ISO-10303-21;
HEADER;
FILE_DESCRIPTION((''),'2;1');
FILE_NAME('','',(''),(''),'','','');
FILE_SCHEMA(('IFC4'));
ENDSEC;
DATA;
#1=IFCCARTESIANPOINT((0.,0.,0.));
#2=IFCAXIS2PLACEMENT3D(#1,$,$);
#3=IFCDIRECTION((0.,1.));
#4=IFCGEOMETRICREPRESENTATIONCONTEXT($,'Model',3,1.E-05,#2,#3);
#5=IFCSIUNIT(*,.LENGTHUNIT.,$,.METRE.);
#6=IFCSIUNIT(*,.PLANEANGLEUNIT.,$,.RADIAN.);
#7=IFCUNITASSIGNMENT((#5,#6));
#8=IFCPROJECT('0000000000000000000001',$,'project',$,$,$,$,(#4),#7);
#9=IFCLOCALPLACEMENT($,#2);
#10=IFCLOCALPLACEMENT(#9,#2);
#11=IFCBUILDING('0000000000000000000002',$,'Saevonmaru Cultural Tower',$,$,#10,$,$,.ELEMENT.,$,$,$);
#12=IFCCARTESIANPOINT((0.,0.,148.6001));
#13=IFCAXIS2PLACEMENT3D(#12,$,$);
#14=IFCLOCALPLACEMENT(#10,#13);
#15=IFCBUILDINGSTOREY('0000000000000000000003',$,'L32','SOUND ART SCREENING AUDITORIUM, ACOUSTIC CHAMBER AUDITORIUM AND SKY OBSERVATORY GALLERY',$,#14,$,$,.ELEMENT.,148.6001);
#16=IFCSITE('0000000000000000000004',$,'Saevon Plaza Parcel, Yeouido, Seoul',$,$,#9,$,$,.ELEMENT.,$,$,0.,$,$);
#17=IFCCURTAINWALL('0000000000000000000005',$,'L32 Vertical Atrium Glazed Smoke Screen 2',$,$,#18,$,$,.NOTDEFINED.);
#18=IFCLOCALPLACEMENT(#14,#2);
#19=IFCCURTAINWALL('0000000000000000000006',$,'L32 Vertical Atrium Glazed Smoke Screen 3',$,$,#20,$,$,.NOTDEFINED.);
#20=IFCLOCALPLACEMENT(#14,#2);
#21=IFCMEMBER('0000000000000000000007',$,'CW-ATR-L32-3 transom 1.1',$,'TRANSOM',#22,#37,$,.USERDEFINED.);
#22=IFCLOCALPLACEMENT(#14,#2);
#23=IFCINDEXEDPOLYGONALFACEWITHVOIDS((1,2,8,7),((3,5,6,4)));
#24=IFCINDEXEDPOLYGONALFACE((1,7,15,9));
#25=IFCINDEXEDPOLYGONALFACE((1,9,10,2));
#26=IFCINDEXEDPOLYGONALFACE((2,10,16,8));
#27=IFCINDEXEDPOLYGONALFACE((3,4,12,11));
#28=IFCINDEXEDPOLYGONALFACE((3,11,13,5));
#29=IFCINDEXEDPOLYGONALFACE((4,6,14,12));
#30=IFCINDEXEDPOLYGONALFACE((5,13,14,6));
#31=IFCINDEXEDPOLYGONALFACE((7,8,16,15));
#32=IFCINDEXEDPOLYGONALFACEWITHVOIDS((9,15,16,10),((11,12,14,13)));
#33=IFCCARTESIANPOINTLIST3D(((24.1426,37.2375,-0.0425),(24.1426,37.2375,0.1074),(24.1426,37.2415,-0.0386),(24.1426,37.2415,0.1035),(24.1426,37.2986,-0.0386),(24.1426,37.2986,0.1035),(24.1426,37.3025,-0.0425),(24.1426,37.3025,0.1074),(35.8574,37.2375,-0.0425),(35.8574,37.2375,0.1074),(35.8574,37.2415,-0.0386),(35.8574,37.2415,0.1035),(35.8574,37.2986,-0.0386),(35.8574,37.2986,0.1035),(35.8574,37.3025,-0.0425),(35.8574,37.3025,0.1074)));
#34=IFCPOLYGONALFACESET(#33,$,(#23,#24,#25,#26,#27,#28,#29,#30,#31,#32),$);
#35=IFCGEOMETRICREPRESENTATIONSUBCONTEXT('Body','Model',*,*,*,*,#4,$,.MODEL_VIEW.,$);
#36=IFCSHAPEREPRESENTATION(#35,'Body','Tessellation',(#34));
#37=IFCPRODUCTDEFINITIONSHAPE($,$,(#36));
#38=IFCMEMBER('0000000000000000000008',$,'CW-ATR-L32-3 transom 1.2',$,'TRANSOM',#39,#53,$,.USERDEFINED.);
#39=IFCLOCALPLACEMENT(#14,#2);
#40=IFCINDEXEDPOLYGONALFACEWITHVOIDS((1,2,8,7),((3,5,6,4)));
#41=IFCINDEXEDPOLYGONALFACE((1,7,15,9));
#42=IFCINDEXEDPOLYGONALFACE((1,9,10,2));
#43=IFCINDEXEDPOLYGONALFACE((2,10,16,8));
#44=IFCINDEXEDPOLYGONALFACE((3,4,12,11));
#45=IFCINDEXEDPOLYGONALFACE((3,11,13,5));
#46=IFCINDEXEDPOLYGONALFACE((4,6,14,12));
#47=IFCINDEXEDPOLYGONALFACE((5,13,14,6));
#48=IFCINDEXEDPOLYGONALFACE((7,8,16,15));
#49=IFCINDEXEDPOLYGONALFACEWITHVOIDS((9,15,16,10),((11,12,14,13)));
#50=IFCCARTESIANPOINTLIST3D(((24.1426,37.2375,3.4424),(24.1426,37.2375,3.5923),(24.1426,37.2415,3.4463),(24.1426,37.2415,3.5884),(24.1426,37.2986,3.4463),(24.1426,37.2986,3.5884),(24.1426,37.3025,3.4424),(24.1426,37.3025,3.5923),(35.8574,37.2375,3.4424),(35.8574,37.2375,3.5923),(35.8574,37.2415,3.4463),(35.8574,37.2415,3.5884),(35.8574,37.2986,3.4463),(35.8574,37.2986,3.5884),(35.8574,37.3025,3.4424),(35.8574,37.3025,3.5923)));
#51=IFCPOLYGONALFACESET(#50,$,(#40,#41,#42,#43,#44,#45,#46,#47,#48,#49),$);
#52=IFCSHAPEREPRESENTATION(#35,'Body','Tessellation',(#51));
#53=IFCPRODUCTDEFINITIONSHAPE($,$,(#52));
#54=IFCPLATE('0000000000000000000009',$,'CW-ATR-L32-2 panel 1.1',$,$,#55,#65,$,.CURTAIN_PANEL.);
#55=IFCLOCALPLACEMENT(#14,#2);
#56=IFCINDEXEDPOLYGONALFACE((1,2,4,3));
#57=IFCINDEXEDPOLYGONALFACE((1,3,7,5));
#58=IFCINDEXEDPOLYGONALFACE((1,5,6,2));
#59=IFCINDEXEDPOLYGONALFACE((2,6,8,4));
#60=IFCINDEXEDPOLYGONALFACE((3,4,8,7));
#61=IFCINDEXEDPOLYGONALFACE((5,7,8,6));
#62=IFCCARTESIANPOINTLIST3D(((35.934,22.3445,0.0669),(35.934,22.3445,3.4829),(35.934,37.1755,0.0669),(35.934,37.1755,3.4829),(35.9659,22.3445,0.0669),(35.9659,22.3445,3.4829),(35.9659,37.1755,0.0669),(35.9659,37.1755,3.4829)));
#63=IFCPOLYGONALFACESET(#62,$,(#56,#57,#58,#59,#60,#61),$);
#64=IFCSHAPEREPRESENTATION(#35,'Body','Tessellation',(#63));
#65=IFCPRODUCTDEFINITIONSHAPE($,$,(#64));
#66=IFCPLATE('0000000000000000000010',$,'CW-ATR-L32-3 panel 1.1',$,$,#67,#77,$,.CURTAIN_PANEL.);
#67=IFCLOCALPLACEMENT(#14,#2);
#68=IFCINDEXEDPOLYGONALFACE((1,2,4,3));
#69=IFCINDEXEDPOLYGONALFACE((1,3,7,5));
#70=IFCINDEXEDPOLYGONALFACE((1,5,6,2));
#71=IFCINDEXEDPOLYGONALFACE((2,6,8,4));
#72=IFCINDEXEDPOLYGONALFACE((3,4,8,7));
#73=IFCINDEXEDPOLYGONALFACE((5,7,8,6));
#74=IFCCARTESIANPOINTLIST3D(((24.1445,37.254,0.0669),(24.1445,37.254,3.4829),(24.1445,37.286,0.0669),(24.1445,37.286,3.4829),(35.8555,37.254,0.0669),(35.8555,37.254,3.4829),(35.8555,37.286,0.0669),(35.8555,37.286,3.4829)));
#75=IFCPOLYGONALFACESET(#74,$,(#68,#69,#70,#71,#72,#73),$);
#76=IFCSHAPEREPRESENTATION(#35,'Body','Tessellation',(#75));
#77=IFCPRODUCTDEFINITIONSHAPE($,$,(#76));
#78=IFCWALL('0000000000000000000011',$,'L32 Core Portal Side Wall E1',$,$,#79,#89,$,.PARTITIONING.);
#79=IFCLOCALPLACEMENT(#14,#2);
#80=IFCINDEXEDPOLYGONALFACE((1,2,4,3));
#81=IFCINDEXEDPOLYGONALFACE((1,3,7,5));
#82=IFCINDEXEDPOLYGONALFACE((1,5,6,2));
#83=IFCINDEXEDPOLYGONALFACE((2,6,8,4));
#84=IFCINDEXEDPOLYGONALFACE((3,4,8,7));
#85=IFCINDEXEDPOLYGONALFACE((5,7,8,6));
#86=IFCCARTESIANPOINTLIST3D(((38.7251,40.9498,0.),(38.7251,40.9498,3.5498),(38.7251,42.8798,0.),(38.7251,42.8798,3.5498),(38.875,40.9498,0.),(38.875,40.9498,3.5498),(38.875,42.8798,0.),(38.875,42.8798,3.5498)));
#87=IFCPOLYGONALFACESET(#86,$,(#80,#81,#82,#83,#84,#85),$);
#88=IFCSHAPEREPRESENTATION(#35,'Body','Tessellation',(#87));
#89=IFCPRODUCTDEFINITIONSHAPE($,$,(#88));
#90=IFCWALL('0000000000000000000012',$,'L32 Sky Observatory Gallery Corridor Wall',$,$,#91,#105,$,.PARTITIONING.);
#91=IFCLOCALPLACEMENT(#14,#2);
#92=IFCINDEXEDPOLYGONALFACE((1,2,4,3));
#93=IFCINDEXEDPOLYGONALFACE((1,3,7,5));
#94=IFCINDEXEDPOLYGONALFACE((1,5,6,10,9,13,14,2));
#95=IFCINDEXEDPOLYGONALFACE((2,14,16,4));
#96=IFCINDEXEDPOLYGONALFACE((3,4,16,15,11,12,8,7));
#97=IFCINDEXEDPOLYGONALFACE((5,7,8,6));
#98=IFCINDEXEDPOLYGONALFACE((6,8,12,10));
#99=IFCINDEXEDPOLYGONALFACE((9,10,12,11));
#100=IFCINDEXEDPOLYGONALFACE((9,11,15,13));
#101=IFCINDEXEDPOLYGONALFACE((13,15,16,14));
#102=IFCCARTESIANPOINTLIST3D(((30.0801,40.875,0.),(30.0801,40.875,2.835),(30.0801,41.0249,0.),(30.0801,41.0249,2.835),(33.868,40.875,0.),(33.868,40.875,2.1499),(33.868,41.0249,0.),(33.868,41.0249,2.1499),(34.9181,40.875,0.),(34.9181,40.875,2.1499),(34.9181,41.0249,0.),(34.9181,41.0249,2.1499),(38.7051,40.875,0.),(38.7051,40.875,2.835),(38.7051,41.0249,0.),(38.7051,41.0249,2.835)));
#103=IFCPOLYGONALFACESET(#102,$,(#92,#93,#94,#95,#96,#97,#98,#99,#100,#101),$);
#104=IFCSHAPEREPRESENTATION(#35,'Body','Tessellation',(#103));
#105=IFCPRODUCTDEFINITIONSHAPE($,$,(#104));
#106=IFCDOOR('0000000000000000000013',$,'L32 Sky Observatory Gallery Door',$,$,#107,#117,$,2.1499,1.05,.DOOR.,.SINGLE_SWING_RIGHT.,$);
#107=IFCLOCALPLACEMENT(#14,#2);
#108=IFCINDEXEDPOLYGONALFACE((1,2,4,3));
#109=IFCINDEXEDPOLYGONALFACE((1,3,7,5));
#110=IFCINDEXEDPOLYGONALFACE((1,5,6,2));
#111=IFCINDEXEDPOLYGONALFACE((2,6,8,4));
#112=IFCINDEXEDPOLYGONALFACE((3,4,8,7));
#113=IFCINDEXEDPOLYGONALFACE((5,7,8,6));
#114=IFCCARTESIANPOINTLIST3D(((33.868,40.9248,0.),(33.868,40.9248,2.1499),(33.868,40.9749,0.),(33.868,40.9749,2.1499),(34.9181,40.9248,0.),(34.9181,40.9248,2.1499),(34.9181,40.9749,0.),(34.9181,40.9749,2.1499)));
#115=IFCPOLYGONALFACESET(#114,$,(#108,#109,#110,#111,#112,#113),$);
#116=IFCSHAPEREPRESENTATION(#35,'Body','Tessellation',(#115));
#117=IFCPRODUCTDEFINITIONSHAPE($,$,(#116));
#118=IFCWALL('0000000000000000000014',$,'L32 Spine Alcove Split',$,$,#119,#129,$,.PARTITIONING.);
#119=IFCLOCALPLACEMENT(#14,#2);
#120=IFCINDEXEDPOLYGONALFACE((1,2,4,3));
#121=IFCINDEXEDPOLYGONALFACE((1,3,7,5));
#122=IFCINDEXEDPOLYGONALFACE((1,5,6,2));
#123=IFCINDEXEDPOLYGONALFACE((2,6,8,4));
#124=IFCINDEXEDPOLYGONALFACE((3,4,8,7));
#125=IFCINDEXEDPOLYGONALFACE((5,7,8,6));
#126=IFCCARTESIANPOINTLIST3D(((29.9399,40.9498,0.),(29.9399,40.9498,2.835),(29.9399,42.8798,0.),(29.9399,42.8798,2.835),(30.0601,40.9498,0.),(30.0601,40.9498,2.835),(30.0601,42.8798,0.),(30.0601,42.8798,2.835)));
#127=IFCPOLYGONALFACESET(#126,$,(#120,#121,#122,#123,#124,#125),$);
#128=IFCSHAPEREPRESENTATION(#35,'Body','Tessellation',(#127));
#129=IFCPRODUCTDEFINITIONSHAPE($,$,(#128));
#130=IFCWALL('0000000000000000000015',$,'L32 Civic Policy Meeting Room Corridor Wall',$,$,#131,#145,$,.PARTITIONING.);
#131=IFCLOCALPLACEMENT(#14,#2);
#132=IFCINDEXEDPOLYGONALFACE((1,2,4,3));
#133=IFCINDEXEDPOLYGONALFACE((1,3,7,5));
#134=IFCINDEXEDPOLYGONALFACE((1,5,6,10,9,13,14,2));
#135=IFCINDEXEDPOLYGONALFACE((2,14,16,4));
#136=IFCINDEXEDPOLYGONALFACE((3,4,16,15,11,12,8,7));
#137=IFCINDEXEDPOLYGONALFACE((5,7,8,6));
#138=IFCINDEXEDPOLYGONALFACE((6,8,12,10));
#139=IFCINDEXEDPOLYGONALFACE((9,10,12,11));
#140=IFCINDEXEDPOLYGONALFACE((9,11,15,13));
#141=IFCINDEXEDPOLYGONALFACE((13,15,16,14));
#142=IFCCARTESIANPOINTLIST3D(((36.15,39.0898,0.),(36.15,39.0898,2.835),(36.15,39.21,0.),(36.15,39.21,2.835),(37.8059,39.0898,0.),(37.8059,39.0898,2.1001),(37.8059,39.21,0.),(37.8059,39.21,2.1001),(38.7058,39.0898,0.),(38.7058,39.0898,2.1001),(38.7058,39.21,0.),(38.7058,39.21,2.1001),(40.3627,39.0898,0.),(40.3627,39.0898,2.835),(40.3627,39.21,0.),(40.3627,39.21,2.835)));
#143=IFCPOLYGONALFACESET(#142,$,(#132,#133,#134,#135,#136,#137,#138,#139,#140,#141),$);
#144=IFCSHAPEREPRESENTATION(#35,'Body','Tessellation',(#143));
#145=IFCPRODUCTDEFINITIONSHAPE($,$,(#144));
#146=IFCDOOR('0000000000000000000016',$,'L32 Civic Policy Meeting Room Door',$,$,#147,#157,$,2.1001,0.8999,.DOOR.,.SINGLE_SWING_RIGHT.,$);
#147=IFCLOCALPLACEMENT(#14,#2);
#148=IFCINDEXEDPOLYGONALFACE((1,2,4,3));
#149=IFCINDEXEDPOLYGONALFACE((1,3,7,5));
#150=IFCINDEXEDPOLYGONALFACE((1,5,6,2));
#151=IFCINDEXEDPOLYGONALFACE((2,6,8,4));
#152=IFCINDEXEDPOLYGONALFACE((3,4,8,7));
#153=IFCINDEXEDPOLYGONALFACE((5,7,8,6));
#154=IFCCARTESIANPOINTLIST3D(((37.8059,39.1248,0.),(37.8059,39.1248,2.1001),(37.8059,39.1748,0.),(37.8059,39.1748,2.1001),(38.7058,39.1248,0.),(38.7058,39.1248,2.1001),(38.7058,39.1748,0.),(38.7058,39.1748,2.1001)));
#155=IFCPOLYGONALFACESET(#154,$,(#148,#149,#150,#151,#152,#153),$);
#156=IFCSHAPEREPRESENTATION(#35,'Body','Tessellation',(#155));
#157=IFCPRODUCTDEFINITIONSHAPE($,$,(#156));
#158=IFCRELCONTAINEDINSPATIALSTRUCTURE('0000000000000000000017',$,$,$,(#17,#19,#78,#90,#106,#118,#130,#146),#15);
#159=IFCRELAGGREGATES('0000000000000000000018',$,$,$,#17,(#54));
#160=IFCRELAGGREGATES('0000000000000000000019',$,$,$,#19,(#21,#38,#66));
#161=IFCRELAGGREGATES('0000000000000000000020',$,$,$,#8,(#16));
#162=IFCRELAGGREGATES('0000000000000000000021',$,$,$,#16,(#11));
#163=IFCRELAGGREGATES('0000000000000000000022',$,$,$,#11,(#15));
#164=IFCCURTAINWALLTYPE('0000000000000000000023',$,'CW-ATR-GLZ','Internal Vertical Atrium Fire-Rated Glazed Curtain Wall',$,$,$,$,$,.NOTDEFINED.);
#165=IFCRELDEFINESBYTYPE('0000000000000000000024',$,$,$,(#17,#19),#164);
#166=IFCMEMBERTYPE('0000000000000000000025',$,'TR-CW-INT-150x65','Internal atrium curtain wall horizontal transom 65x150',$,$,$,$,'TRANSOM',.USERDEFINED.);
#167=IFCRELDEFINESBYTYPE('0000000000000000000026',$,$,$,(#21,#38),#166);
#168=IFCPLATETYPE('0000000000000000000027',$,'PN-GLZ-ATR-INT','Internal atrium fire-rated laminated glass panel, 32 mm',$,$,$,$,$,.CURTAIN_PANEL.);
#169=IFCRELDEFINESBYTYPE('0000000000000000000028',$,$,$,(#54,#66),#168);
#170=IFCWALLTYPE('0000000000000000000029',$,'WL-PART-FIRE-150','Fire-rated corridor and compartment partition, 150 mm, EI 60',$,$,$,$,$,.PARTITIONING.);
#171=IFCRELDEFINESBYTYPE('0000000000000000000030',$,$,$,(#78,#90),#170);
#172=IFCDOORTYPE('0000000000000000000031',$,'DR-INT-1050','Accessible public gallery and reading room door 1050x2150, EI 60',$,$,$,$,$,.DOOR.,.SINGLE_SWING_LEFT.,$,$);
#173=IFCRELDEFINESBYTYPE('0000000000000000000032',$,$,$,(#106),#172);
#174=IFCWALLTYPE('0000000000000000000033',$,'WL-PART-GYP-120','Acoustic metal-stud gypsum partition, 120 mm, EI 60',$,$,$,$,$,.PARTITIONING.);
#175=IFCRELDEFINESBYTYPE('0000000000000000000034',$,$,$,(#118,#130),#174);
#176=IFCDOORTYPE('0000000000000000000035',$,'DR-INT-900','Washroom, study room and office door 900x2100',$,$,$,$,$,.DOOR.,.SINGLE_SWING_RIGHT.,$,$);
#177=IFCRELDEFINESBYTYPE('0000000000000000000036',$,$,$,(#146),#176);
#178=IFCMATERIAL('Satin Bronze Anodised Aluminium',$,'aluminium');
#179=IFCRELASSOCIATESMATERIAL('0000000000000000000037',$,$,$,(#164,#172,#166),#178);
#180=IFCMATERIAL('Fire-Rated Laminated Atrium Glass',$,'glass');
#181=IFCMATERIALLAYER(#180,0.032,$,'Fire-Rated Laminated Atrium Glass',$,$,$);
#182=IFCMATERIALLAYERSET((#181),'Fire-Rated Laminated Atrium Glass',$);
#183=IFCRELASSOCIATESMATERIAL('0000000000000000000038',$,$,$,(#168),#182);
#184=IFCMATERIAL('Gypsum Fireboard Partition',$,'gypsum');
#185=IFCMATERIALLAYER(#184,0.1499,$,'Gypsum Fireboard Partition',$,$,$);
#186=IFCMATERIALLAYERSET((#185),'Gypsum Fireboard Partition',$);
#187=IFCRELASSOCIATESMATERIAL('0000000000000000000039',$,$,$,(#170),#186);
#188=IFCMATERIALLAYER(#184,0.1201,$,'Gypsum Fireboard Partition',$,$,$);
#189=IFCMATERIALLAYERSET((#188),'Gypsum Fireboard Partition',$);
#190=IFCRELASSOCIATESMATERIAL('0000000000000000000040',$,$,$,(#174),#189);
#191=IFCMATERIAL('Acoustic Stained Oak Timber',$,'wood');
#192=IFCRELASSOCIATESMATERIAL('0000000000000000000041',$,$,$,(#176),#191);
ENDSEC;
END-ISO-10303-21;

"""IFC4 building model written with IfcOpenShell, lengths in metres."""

from ifc_helpers import new_model, si_unit, direction, frame, frame_2d, origin, origin_2d, place, context, subcontext, project, spatial, rectangle, hollow_rectangle, extrude, material, layer, layer_set, material_profile, profile_set, type_object, element, fill, aggregate, save


model = new_model("IFC4")

# Units and contexts
model_context = context("Model", 3, precision=1e-05, world=origin(), true_north=direction((0.0, 1.0)))
body_context = subcontext(model_context, "Body", "Model", "MODEL_VIEW")
ifc_project = project(units=[si_unit("LENGTHUNIT", "METRE"), si_unit("PLANEANGLEUNIT", "RADIAN")], contexts=[model_context])

# Site, building, storey
site_placement = place(None, origin())
site = spatial("IfcSite", under=ifc_project, at=site_placement, Name="Saevon Plaza Parcel, Yeouido, Seoul", CompositionType="ELEMENT", RefElevation=0.0)
building_placement = place(site_placement, origin())
building = spatial("IfcBuilding", under=site, at=building_placement, Name="Saevonmaru Cultural Tower", CompositionType="ELEMENT")
storey_placement = place(building_placement, frame((0.0, 0.0, 148.6001)))
storey = spatial("IfcBuildingStorey", under=building, at=storey_placement, Name="L32", Description="SOUND ART SCREENING AUDITORIUM, ACOUSTIC CHAMBER AUDITORIUM AND SKY OBSERVATORY GALLERY", CompositionType="ELEMENT", Elevation=148.6001)

# Curtain wall
ifc_material_1 = material(Name="Satin Bronze Anodised Aluminium", Category="aluminium")
curtain_wall_type = type_object("IfcCurtainWallType", Name="CW-ATR-GLZ", Description="Internal Vertical Atrium Fire-Rated Glazed Curtain Wall", PredefinedType="NOTDEFINED", material=ifc_material_1)
curtain_wall_1_placement = place(storey_placement, origin())
curtain_wall_1 = element("IfcCurtainWall", 1, at=curtain_wall_1_placement, inside=storey, type_object=curtain_wall_type, Name="L32 Vertical Atrium Glazed Smoke Screen 2", PredefinedType="NOTDEFINED")

# Curtain wall
curtain_wall_2_placement = place(storey_placement, origin())
curtain_wall_2 = element("IfcCurtainWall", 2, at=curtain_wall_2_placement, inside=storey, type_object=curtain_wall_type, Name="L32 Vertical Atrium Glazed Smoke Screen 3", PredefinedType="NOTDEFINED")

# Members
ifc_material_profile_1 = material_profile(ifc_material_1, hollow_rectangle(XDim=0.0649, YDim=0.1499, WallThickness=0.0039, at=origin_2d()), Name="ALU-TRAN-150x65x4")
ifc_profile_set_1 = profile_set([ifc_material_profile_1], Name="Satin Bronze Anodised Aluminium")
member_type_1 = type_object("IfcMemberType", Name="TR-CW-INT-150x65", Description="Internal atrium curtain wall horizontal transom 65x150", ElementType="TRANSOM", PredefinedType="USERDEFINED", material=ifc_profile_set_1)
member_1_placement = place(storey_placement, frame((35.8574, 37.27, 0.0325), z_axis=(-1.0, 0.0, 0.0), x_axis=(0.0, -1.0, 0.0)))
member_1 = element("IfcMember", 3, at=member_1_placement, type_object=member_type_1, Name="CW-ATR-L32-3 transom 1.1", ObjectType="TRANSOM", PredefinedType="USERDEFINED", context=body_context, shape_type="SweptSolid", body=[
    extrude(hollow_rectangle(XDim=0.0649, YDim=0.1499, WallThickness=0.0039, at=origin_2d()), origin(), (0.0, 0.0, 1.0), 11.7148),
])
member_2_placement = place(storey_placement, frame((35.8574, 37.27, 3.5173), z_axis=(-1.0, 0.0, 0.0), x_axis=(0.0, -1.0, 0.0)))
member_2 = element("IfcMember", 4, at=member_2_placement, type_object=member_type_1, Name="CW-ATR-L32-3 transom 1.2", ObjectType="TRANSOM", PredefinedType="USERDEFINED", context=body_context, shape_type="SweptSolid", body=[
    extrude(hollow_rectangle(XDim=0.0649, YDim=0.1499, WallThickness=0.0039, at=origin_2d()), origin(), (0.0, 0.0, 1.0), 11.7148),
])

# Plates
ifc_material_2 = material(Name="Fire-Rated Laminated Atrium Glass", Category="glass")
ifc_layer_1 = layer(ifc_material_2, 0.032, Name="Fire-Rated Laminated Atrium Glass")
ifc_layer_set_1 = layer_set([ifc_layer_1], Name="Fire-Rated Laminated Atrium Glass")
plate_type = type_object("IfcPlateType", Name="PN-GLZ-ATR-INT", Description="Internal atrium fire-rated laminated glass panel, 32 mm", PredefinedType="CURTAIN_PANEL", material=ifc_layer_set_1)
plate_1_placement = place(storey_placement, frame((35.95, 29.76, 0.0669), z_axis=(0.0, 0.0, 1.0), x_axis=(0.0, 1.0, 0.0)))
plate_1 = element("IfcPlate", 5, at=plate_1_placement, type_object=plate_type, Name="CW-ATR-L32-2 panel 1.1", PredefinedType="CURTAIN_PANEL", context=body_context, shape_type="SweptSolid", body=[
    extrude(rectangle(XDim=14.8311, YDim=0.032, at=origin_2d()), origin(), (0.0, 0.0, 1.0), 3.416),
])
aggregate(curtain_wall_1, [plate_1])
plate_2_placement = place(storey_placement, frame((30.0, 37.27, 0.0669), z_axis=(0.0, 0.0, 1.0), x_axis=(-1.0, 0.0, 0.0)))
plate_2 = element("IfcPlate", 6, at=plate_2_placement, type_object=plate_type, Name="CW-ATR-L32-3 panel 1.1", PredefinedType="CURTAIN_PANEL", context=body_context, shape_type="SweptSolid", body=[
    extrude(rectangle(XDim=11.7109, YDim=0.032, at=origin_2d()), origin(), (0.0, 0.0, 1.0), 3.416),
])
aggregate(curtain_wall_2, [member_1, member_2, plate_2])

# Wall
ifc_material_3 = material(Name="Gypsum Fireboard Partition", Category="gypsum")
ifc_layer_2 = layer(ifc_material_3, 0.1499, Name="Gypsum Fireboard Partition")
ifc_layer_set_2 = layer_set([ifc_layer_2], Name="Gypsum Fireboard Partition")
wall_type_1 = type_object("IfcWallType", Name="WL-PART-FIRE-150", Description="Fire-rated corridor and compartment partition, 150 mm, EI 60", PredefinedType="PARTITIONING", material=ifc_layer_set_2)
wall_1_placement = place(storey_placement, frame((38.8, 40.95, 0.0), z_axis=(0.0, 0.0, 1.0), x_axis=(0.0, 1.0, 0.0)))
element("IfcWall", 7, at=wall_1_placement, inside=storey, type_object=wall_type_1, Name="L32 Core Portal Side Wall E1", PredefinedType="PARTITIONING", context=body_context, shape_type="SweptSolid", body=[
    extrude(rectangle(XDim=1.9299, YDim=0.1499, at=frame_2d((0.9648, 0.0))), origin(), (0.0, 0.0, 1.0), 3.5498),
])

# Wall, opening, door
wall_2_placement = place(storey_placement, frame((30.0801, 40.95, 0.0), z_axis=(0.0, 0.0, 1.0), x_axis=(1.0, 0.0, 0.0)))
wall_2 = element("IfcWall", 8, at=wall_2_placement, inside=storey, type_object=wall_type_1, Name="L32 Sky Observatory Gallery Corridor Wall", PredefinedType="PARTITIONING", context=body_context, shape_type="SweptSolid", body=[
    extrude(rectangle(XDim=8.625, YDim=0.1499, at=frame_2d((4.3125, 0.0))), origin(), (0.0, 0.0, 1.0), 2.835),
])
opening_1_placement = place(wall_2_placement, frame((3.7881, 0.0, 0.0)))
opening_1 = element("IfcOpeningElement", 9, at=opening_1_placement, cuts=wall_2, PredefinedType="OPENING", context=body_context, shape_type="SweptSolid", body=[
    extrude(rectangle(XDim=1.05, YDim=2.1499, at=frame_2d((0.5249, 1.075))), frame((0.0, 0.085, 0.0), z_axis=(0.0, -1.0, 0.0), x_axis=(1.0, 0.0, 0.0)), (0.0, 0.0, 1.0), 0.1699),
])
door_type_1 = type_object("IfcDoorType", Name="DR-INT-1050", Description="Accessible public gallery and reading room door 1050x2150, EI 60", OperationType="SINGLE_SWING_LEFT", PredefinedType="DOOR", material=ifc_material_1)
door_1_placement = place(opening_1_placement, origin())
door_1 = element("IfcDoor", 10, at=door_1_placement, inside=storey, type_object=door_type_1, Name="L32 Sky Observatory Gallery Door", OperationType="SINGLE_SWING_RIGHT", OverallHeight=2.1499, OverallWidth=1.05, PredefinedType="DOOR", context=body_context, shape_type="SweptSolid", body=[
    extrude(rectangle(XDim=1.05, YDim=2.1499, at=frame_2d((0.5249, 1.075))), frame((0.0, 0.0249, 0.0), z_axis=(0.0, -1.0, 0.0), x_axis=(1.0, 0.0, 0.0)), (0.0, 0.0, 1.0), 0.05),
])
fill(opening_1, door_1)

# Wall
ifc_layer_3 = layer(ifc_material_3, 0.1201, Name="Gypsum Fireboard Partition")
ifc_layer_set_3 = layer_set([ifc_layer_3], Name="Gypsum Fireboard Partition")
wall_type_2 = type_object("IfcWallType", Name="WL-PART-GYP-120", Description="Acoustic metal-stud gypsum partition, 120 mm, EI 60", PredefinedType="PARTITIONING", material=ifc_layer_set_3)
wall_3_placement = place(storey_placement, frame((30.0, 40.95, 0.0), z_axis=(0.0, 0.0, 1.0), x_axis=(0.0, 1.0, 0.0)))
element("IfcWall", 11, at=wall_3_placement, inside=storey, type_object=wall_type_2, Name="L32 Spine Alcove Split", PredefinedType="PARTITIONING", context=body_context, shape_type="SweptSolid", body=[
    extrude(rectangle(XDim=1.9299, YDim=0.1201, at=frame_2d((0.9648, 0.0))), origin(), (0.0, 0.0, 1.0), 2.835),
])

# Wall, opening, door
wall_4_placement = place(storey_placement, frame((36.1499, 39.1499, 0.0), z_axis=(0.0, 0.0, 1.0), x_axis=(1.0, 0.0, 0.0)))
wall_4 = element("IfcWall", 12, at=wall_4_placement, inside=storey, type_object=wall_type_2, Name="L32 Civic Policy Meeting Room Corridor Wall", PredefinedType="PARTITIONING", context=body_context, shape_type="SweptSolid", body=[
    extrude(rectangle(XDim=4.2126, YDim=0.1201, at=frame_2d((2.1064, 0.0))), origin(), (0.0, 0.0, 1.0), 2.835),
])
opening_2_placement = place(wall_4_placement, frame((1.656, 0.0, 0.0)))
opening_2 = element("IfcOpeningElement", 13, at=opening_2_placement, cuts=wall_4, PredefinedType="OPENING", context=body_context, shape_type="SweptSolid", body=[
    extrude(rectangle(XDim=0.8999, YDim=2.1001, at=frame_2d((0.45, 1.05))), frame((0.0, 0.0701, 0.0), z_axis=(0.0, -1.0, 0.0), x_axis=(1.0, 0.0, 0.0)), (0.0, 0.0, 1.0), 0.1401),
])
ifc_material_4 = material(Name="Acoustic Stained Oak Timber", Category="wood")
door_type_2 = type_object("IfcDoorType", Name="DR-INT-900", Description="Washroom, study room and office door 900x2100", OperationType="SINGLE_SWING_RIGHT", PredefinedType="DOOR", material=ifc_material_4)
door_2_placement = place(opening_2_placement, origin())
door_2 = element("IfcDoor", 14, at=door_2_placement, inside=storey, type_object=door_type_2, Name="L32 Civic Policy Meeting Room Door", OperationType="SINGLE_SWING_RIGHT", OverallHeight=2.1001, OverallWidth=0.8999, PredefinedType="DOOR", context=body_context, shape_type="SweptSolid", body=[
    extrude(rectangle(XDim=0.8999, YDim=2.1001, at=frame_2d((0.45, 1.05))), frame((0.0, 0.0249, 0.0), z_axis=(0.0, -1.0, 0.0), x_axis=(1.0, 0.0, 0.0)), (0.0, 0.0, 1.0), 0.05),
])
fill(opening_2, door_2)

save(model, "model.ifc")
